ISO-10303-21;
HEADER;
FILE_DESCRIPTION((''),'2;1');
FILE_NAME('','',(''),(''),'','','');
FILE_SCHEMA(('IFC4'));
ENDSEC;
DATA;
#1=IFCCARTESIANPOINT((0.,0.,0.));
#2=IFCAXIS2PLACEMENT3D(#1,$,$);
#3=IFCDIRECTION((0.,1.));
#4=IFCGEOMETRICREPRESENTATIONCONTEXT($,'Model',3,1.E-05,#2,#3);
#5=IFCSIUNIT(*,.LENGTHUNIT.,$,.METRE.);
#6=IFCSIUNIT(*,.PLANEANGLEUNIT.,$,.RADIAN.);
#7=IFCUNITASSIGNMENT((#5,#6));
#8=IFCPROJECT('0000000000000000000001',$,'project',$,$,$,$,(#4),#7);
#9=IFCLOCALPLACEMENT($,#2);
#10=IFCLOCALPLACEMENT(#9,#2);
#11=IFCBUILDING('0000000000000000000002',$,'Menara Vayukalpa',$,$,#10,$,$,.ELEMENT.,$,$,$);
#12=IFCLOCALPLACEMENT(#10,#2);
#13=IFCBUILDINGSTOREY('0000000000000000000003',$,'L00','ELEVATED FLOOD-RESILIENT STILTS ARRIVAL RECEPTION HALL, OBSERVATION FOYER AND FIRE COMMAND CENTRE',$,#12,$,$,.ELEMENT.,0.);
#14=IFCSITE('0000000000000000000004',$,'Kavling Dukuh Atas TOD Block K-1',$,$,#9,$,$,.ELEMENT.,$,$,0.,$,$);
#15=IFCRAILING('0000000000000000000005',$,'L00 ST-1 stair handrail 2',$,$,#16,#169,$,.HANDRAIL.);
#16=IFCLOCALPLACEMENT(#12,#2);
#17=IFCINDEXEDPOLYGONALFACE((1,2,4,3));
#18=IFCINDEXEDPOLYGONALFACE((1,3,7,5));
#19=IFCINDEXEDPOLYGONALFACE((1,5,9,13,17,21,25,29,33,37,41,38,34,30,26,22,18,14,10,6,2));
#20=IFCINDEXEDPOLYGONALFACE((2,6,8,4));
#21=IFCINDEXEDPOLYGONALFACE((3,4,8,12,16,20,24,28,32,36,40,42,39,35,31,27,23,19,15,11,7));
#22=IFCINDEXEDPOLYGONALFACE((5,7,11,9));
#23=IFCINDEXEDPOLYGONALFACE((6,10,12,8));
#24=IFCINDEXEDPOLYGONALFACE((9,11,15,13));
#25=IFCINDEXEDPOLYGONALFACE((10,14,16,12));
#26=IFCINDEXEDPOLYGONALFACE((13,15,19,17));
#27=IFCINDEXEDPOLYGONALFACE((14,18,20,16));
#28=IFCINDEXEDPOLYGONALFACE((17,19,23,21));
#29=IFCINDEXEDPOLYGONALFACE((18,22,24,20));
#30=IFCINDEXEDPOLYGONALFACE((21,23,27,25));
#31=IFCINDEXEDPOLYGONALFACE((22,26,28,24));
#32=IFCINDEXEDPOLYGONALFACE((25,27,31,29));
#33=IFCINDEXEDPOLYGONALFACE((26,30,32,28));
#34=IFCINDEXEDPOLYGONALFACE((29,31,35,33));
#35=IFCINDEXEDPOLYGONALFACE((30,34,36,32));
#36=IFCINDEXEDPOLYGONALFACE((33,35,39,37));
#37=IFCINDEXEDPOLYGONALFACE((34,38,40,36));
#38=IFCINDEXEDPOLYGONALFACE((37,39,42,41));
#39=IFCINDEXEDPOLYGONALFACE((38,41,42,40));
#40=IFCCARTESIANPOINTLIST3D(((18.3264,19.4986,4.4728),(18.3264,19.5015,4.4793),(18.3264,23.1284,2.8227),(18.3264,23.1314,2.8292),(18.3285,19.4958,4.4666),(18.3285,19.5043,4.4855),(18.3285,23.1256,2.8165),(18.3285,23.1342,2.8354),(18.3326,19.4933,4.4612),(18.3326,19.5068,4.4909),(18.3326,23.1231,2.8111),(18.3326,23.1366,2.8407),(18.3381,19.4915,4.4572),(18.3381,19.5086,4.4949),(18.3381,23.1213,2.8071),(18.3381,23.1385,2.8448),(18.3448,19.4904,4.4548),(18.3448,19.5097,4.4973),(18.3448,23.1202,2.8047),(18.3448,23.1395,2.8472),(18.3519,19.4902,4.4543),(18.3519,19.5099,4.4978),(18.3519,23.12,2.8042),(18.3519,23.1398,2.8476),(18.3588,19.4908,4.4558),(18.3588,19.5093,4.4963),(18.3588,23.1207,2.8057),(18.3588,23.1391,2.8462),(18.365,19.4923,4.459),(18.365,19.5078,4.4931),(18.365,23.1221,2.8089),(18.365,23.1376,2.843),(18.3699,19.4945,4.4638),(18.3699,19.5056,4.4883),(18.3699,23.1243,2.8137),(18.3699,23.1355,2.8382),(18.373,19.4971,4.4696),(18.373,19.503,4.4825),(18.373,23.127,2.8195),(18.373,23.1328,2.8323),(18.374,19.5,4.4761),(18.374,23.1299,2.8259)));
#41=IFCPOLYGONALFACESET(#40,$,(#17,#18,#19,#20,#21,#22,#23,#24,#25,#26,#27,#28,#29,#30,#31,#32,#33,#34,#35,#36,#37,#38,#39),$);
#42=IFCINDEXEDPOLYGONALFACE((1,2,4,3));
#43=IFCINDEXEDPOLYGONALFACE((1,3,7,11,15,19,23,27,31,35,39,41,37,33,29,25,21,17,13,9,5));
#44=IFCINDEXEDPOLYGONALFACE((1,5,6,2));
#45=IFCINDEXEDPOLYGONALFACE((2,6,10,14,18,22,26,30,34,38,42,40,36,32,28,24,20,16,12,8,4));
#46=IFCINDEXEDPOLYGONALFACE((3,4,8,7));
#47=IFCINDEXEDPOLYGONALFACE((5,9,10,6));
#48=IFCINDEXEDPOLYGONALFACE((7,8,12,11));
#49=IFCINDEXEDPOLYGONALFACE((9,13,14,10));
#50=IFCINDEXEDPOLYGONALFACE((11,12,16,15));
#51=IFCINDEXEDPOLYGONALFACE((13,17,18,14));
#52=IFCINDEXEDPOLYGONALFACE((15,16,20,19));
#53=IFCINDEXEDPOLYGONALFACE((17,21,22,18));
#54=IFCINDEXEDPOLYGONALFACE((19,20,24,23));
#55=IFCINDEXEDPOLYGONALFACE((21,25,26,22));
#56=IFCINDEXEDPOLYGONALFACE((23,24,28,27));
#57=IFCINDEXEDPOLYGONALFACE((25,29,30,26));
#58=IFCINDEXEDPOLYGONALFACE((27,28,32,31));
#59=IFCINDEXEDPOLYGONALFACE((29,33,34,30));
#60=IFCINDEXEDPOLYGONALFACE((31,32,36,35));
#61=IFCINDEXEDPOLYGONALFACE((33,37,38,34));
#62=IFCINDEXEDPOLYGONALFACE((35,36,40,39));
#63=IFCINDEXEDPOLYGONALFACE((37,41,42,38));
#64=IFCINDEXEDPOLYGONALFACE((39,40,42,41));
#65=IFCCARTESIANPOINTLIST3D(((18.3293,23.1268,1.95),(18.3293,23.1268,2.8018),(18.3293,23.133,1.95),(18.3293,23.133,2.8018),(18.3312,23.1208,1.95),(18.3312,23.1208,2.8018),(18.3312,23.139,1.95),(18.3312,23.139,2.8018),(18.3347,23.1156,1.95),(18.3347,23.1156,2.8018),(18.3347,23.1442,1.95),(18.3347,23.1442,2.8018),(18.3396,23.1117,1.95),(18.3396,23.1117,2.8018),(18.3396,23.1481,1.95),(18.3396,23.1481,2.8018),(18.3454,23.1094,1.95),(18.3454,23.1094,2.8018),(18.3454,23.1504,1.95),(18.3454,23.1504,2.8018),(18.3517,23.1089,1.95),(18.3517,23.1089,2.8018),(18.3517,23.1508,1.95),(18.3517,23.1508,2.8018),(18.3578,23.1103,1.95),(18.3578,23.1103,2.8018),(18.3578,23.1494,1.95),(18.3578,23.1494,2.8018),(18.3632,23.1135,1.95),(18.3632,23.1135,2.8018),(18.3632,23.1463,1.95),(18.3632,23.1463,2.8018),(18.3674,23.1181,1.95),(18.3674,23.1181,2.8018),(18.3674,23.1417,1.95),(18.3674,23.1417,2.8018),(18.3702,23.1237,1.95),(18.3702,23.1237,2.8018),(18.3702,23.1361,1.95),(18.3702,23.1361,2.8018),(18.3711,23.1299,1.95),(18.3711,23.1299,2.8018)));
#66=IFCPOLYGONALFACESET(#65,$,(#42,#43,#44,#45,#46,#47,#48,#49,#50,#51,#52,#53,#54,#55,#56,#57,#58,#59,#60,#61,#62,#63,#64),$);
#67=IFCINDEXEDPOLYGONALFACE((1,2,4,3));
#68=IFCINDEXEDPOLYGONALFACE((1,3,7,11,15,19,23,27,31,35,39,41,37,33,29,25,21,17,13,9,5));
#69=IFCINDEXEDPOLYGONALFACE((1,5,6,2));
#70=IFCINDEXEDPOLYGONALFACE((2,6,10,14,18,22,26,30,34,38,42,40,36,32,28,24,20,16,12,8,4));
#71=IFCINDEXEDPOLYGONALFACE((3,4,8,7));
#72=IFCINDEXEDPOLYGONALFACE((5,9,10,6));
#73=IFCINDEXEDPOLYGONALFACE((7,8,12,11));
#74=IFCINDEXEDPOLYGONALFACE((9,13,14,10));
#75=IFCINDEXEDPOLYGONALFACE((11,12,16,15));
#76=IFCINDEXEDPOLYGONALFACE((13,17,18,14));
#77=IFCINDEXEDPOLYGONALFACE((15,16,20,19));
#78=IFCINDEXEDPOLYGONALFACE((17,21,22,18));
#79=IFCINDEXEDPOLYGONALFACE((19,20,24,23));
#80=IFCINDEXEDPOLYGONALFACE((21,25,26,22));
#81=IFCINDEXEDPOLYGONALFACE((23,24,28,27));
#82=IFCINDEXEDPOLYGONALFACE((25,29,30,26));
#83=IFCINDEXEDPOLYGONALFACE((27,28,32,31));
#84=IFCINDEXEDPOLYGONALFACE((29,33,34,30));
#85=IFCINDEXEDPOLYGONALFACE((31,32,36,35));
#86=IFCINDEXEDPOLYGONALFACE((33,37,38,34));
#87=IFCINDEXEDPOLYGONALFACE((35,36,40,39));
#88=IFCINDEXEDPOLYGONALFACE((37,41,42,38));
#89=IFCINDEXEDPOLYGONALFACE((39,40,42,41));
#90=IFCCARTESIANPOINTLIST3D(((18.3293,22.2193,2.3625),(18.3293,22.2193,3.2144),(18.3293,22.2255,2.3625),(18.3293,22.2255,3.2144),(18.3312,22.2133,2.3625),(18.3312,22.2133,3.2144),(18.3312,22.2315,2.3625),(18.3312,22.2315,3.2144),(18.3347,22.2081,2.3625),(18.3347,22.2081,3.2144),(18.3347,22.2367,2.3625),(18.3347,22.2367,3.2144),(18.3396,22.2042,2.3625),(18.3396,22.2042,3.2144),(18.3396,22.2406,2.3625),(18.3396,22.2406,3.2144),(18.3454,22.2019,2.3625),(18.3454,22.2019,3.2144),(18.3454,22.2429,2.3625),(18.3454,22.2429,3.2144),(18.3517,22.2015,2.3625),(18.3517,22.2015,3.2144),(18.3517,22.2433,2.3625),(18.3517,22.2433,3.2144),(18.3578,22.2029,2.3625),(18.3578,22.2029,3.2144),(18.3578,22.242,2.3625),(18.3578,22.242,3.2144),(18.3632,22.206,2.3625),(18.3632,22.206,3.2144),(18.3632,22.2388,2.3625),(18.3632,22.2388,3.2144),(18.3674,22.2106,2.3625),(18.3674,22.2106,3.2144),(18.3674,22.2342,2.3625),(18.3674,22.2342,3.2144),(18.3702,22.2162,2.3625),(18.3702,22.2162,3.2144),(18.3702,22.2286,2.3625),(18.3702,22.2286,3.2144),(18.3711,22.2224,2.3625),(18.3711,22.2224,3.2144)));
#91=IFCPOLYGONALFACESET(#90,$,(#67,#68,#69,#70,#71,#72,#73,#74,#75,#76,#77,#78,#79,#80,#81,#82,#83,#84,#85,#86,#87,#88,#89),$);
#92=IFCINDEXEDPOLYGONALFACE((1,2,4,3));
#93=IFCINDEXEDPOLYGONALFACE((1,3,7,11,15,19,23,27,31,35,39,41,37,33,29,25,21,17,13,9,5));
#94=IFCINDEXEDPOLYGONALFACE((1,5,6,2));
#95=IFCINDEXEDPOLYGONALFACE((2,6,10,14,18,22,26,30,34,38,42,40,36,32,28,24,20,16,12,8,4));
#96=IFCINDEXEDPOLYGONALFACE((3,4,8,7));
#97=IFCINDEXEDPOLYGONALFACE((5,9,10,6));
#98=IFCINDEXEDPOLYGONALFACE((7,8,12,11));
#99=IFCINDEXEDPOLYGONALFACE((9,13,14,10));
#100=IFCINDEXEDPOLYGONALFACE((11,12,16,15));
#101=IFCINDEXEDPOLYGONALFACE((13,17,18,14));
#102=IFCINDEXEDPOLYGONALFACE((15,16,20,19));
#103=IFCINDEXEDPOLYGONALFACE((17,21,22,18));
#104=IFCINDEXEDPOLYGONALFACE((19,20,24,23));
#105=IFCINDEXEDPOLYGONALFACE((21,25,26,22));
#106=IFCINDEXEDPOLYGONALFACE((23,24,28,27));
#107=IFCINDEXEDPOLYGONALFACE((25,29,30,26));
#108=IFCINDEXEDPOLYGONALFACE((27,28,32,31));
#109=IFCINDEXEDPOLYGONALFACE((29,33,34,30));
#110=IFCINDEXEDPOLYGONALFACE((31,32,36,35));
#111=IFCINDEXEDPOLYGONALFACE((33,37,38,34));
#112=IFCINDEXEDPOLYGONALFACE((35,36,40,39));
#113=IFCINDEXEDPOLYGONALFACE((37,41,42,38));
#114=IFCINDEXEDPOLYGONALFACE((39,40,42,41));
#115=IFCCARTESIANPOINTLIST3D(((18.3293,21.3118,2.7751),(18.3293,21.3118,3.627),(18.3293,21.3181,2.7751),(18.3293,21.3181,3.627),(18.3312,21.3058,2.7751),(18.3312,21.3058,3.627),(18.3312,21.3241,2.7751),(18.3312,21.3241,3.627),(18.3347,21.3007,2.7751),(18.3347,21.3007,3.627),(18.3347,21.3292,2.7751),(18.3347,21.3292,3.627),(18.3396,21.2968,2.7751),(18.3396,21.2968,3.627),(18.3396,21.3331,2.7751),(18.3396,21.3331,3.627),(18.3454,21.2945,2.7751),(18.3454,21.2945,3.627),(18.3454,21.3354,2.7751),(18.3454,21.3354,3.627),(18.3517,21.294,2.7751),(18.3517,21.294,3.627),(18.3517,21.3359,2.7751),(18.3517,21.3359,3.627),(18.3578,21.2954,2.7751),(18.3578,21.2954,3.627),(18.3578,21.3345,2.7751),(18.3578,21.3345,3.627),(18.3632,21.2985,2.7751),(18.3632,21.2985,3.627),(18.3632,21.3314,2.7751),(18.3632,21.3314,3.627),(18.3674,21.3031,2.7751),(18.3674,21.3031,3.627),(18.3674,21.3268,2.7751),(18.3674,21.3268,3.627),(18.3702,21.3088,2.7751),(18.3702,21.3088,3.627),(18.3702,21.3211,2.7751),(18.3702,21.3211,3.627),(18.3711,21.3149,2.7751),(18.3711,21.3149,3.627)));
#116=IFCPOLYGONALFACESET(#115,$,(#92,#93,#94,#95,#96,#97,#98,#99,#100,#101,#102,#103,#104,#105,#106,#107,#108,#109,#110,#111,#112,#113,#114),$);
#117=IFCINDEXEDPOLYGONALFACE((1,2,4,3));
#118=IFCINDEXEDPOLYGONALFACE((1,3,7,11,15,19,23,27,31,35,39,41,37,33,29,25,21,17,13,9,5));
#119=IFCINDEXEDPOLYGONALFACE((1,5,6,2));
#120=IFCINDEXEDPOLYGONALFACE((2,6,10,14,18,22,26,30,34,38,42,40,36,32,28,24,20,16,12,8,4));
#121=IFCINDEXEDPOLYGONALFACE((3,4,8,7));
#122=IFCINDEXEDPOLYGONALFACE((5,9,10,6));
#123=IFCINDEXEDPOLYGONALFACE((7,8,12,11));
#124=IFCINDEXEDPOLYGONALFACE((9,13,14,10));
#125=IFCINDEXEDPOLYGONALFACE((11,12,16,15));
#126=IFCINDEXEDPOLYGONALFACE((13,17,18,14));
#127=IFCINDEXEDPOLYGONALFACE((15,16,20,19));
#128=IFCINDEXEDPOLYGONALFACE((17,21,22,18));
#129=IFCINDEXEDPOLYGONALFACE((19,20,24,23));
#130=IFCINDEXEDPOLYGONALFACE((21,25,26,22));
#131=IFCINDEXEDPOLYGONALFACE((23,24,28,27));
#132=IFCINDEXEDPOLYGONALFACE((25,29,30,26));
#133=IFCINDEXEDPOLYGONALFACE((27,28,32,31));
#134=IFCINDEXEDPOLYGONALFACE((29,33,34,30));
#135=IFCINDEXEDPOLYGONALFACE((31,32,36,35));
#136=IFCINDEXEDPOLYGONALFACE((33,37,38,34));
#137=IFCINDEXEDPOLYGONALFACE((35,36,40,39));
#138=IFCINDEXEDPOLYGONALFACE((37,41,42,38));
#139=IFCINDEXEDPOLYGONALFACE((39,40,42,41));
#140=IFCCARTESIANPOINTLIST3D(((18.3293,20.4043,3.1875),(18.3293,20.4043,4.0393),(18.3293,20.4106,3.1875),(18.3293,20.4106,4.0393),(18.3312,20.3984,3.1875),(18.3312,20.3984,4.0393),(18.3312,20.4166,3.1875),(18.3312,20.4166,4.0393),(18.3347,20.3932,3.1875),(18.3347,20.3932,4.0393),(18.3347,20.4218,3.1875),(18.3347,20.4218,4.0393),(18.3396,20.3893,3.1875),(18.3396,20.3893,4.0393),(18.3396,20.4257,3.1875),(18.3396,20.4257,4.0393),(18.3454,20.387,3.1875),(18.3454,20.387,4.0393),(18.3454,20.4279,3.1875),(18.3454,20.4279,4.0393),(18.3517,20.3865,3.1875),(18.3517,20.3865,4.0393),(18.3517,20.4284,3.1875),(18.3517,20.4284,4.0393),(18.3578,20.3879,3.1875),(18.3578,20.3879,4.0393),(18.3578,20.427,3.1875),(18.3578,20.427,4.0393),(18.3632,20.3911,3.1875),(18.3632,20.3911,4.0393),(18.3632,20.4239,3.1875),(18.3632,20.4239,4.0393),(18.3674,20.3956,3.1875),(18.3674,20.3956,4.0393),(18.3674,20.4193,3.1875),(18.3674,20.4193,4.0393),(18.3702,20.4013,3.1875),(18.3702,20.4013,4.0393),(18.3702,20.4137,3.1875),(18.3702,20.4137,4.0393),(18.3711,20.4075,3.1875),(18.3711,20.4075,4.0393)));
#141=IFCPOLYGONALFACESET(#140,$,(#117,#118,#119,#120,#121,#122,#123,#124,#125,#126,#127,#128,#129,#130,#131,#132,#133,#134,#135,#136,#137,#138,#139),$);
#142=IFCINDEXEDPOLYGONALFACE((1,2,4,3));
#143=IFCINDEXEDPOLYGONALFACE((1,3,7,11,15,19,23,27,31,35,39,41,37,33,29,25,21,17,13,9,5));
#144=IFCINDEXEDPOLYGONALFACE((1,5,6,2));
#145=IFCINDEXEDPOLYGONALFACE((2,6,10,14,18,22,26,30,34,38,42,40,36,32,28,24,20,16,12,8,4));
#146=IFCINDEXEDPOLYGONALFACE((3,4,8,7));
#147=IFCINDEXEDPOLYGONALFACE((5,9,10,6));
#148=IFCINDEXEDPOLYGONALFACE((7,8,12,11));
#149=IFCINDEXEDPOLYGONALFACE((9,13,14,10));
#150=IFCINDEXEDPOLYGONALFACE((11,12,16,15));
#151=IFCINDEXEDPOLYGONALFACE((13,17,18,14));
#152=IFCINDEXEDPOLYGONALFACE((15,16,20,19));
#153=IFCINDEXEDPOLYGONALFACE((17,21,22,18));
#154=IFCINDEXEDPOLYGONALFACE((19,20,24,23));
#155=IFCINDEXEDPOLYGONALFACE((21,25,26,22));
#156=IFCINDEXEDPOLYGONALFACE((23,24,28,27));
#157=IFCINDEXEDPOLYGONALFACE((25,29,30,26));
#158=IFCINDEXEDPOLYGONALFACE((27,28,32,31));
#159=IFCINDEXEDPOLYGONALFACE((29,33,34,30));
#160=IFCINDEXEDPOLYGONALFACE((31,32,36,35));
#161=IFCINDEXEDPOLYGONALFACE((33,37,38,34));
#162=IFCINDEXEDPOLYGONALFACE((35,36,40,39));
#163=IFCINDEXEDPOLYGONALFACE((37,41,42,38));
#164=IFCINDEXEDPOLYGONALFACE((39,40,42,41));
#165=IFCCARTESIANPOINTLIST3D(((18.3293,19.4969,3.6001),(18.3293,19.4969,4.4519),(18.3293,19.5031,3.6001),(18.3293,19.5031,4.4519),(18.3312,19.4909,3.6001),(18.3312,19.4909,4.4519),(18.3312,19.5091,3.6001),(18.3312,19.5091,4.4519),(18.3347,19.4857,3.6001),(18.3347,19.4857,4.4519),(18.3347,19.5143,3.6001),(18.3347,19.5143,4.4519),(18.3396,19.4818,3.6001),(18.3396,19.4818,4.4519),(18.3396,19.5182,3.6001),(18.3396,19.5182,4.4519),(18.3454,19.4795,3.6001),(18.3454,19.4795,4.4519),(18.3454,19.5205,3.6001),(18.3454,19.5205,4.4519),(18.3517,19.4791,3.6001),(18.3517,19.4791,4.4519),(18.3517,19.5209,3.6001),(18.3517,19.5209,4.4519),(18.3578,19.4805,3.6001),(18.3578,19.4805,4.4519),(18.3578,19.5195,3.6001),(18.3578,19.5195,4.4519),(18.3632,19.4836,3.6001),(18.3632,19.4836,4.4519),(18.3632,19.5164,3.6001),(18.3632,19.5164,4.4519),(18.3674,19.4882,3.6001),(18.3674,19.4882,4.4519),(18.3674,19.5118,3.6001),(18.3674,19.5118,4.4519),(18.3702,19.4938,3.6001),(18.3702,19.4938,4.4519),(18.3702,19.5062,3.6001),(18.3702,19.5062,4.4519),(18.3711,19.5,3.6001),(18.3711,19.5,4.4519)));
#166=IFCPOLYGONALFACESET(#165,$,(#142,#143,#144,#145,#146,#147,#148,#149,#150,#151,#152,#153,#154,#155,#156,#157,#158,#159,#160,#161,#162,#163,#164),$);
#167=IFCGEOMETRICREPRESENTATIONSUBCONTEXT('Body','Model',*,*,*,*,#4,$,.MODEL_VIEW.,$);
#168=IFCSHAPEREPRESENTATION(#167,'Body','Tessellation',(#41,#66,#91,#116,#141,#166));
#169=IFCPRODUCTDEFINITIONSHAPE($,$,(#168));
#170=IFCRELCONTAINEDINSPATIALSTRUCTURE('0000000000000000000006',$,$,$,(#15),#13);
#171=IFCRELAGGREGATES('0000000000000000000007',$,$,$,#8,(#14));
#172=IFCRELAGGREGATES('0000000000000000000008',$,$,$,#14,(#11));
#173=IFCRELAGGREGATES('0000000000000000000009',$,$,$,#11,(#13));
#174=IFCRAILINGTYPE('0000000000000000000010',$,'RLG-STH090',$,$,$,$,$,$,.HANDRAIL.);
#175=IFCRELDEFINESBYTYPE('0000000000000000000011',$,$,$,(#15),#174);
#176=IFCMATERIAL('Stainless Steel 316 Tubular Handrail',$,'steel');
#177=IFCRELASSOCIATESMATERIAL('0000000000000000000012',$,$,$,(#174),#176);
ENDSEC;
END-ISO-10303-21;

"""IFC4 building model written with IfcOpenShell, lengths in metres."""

from ifc_helpers import new_model, si_unit, direction, frame, origin, origin_2d, place, context, subcontext, project, spatial, circle, extrude, material, type_object, element, save


model = new_model("IFC4")

# Units and contexts
model_context = context("Model", 3, precision=1e-05, world=origin(), true_north=direction((0.0, 1.0)))
body_context = subcontext(model_context, "Body", "Model", "MODEL_VIEW")
ifc_project = project(units=[si_unit("LENGTHUNIT", "METRE"), si_unit("PLANEANGLEUNIT", "RADIAN")], contexts=[model_context])

# Site, building, storey
site_placement = place(None, origin())
site = spatial("IfcSite", under=ifc_project, at=site_placement, Name="Kavling Dukuh Atas TOD Block K-1", CompositionType="ELEMENT", RefElevation=0.0)
building_placement = place(site_placement, origin())
building = spatial("IfcBuilding", under=site, at=building_placement, Name="Menara Vayukalpa", CompositionType="ELEMENT")
storey_placement = place(building_placement, origin())
storey = spatial("IfcBuildingStorey", under=building, at=storey_placement, Name="L00", Description="ELEVATED FLOOD-RESILIENT STILTS ARRIVAL RECEPTION HALL, OBSERVATION FOYER AND FIRE COMMAND CENTRE", CompositionType="ELEMENT", Elevation=0.0)

# Railing
ifc_material_1 = material(Name="Stainless Steel 316 Tubular Handrail", Category="steel")
railing_type = type_object("IfcRailingType", Name="RLG-STH090", PredefinedType="HANDRAIL", material=ifc_material_1)
railing_1_placement = place(storey_placement, frame((18.3501, 23.1299, 1.95)))
element("IfcRailing", 1, at=railing_1_placement, inside=storey, type_object=railing_type, Name="L00 ST-1 stair handrail 2", PredefinedType="HANDRAIL", context=body_context, shape_type="SweptSolid", body=[
    extrude(circle(Radius=0.0239, at=origin_2d()), frame((0.0, 0.0, 0.876), z_axis=(0.0, -0.910348, 0.413844), x_axis=(1.0, 0.0, 0.0)), (0.0, 0.0, 1.0), 3.9873),
    extrude(circle(Radius=0.021, at=origin_2d()), origin(), (0.0, 0.0, 1.0), 0.8518),
    extrude(circle(Radius=0.021, at=origin_2d()), frame((0.0, -0.9075, 0.4126)), (0.0, 0.0, 1.0), 0.8518),
    extrude(circle(Radius=0.021, at=origin_2d()), frame((0.0, -1.8149, 0.8252)), (0.0, 0.0, 1.0), 0.8518),
    extrude(circle(Radius=0.021, at=origin_2d()), frame((0.0, -2.7224, 1.2375)), (0.0, 0.0, 1.0), 0.8518),
    extrude(circle(Radius=0.021, at=origin_2d()), frame((0.0, -3.6299, 1.6501)), (0.0, 0.0, 1.0), 0.8518),
])

save(model, "model.ifc")
